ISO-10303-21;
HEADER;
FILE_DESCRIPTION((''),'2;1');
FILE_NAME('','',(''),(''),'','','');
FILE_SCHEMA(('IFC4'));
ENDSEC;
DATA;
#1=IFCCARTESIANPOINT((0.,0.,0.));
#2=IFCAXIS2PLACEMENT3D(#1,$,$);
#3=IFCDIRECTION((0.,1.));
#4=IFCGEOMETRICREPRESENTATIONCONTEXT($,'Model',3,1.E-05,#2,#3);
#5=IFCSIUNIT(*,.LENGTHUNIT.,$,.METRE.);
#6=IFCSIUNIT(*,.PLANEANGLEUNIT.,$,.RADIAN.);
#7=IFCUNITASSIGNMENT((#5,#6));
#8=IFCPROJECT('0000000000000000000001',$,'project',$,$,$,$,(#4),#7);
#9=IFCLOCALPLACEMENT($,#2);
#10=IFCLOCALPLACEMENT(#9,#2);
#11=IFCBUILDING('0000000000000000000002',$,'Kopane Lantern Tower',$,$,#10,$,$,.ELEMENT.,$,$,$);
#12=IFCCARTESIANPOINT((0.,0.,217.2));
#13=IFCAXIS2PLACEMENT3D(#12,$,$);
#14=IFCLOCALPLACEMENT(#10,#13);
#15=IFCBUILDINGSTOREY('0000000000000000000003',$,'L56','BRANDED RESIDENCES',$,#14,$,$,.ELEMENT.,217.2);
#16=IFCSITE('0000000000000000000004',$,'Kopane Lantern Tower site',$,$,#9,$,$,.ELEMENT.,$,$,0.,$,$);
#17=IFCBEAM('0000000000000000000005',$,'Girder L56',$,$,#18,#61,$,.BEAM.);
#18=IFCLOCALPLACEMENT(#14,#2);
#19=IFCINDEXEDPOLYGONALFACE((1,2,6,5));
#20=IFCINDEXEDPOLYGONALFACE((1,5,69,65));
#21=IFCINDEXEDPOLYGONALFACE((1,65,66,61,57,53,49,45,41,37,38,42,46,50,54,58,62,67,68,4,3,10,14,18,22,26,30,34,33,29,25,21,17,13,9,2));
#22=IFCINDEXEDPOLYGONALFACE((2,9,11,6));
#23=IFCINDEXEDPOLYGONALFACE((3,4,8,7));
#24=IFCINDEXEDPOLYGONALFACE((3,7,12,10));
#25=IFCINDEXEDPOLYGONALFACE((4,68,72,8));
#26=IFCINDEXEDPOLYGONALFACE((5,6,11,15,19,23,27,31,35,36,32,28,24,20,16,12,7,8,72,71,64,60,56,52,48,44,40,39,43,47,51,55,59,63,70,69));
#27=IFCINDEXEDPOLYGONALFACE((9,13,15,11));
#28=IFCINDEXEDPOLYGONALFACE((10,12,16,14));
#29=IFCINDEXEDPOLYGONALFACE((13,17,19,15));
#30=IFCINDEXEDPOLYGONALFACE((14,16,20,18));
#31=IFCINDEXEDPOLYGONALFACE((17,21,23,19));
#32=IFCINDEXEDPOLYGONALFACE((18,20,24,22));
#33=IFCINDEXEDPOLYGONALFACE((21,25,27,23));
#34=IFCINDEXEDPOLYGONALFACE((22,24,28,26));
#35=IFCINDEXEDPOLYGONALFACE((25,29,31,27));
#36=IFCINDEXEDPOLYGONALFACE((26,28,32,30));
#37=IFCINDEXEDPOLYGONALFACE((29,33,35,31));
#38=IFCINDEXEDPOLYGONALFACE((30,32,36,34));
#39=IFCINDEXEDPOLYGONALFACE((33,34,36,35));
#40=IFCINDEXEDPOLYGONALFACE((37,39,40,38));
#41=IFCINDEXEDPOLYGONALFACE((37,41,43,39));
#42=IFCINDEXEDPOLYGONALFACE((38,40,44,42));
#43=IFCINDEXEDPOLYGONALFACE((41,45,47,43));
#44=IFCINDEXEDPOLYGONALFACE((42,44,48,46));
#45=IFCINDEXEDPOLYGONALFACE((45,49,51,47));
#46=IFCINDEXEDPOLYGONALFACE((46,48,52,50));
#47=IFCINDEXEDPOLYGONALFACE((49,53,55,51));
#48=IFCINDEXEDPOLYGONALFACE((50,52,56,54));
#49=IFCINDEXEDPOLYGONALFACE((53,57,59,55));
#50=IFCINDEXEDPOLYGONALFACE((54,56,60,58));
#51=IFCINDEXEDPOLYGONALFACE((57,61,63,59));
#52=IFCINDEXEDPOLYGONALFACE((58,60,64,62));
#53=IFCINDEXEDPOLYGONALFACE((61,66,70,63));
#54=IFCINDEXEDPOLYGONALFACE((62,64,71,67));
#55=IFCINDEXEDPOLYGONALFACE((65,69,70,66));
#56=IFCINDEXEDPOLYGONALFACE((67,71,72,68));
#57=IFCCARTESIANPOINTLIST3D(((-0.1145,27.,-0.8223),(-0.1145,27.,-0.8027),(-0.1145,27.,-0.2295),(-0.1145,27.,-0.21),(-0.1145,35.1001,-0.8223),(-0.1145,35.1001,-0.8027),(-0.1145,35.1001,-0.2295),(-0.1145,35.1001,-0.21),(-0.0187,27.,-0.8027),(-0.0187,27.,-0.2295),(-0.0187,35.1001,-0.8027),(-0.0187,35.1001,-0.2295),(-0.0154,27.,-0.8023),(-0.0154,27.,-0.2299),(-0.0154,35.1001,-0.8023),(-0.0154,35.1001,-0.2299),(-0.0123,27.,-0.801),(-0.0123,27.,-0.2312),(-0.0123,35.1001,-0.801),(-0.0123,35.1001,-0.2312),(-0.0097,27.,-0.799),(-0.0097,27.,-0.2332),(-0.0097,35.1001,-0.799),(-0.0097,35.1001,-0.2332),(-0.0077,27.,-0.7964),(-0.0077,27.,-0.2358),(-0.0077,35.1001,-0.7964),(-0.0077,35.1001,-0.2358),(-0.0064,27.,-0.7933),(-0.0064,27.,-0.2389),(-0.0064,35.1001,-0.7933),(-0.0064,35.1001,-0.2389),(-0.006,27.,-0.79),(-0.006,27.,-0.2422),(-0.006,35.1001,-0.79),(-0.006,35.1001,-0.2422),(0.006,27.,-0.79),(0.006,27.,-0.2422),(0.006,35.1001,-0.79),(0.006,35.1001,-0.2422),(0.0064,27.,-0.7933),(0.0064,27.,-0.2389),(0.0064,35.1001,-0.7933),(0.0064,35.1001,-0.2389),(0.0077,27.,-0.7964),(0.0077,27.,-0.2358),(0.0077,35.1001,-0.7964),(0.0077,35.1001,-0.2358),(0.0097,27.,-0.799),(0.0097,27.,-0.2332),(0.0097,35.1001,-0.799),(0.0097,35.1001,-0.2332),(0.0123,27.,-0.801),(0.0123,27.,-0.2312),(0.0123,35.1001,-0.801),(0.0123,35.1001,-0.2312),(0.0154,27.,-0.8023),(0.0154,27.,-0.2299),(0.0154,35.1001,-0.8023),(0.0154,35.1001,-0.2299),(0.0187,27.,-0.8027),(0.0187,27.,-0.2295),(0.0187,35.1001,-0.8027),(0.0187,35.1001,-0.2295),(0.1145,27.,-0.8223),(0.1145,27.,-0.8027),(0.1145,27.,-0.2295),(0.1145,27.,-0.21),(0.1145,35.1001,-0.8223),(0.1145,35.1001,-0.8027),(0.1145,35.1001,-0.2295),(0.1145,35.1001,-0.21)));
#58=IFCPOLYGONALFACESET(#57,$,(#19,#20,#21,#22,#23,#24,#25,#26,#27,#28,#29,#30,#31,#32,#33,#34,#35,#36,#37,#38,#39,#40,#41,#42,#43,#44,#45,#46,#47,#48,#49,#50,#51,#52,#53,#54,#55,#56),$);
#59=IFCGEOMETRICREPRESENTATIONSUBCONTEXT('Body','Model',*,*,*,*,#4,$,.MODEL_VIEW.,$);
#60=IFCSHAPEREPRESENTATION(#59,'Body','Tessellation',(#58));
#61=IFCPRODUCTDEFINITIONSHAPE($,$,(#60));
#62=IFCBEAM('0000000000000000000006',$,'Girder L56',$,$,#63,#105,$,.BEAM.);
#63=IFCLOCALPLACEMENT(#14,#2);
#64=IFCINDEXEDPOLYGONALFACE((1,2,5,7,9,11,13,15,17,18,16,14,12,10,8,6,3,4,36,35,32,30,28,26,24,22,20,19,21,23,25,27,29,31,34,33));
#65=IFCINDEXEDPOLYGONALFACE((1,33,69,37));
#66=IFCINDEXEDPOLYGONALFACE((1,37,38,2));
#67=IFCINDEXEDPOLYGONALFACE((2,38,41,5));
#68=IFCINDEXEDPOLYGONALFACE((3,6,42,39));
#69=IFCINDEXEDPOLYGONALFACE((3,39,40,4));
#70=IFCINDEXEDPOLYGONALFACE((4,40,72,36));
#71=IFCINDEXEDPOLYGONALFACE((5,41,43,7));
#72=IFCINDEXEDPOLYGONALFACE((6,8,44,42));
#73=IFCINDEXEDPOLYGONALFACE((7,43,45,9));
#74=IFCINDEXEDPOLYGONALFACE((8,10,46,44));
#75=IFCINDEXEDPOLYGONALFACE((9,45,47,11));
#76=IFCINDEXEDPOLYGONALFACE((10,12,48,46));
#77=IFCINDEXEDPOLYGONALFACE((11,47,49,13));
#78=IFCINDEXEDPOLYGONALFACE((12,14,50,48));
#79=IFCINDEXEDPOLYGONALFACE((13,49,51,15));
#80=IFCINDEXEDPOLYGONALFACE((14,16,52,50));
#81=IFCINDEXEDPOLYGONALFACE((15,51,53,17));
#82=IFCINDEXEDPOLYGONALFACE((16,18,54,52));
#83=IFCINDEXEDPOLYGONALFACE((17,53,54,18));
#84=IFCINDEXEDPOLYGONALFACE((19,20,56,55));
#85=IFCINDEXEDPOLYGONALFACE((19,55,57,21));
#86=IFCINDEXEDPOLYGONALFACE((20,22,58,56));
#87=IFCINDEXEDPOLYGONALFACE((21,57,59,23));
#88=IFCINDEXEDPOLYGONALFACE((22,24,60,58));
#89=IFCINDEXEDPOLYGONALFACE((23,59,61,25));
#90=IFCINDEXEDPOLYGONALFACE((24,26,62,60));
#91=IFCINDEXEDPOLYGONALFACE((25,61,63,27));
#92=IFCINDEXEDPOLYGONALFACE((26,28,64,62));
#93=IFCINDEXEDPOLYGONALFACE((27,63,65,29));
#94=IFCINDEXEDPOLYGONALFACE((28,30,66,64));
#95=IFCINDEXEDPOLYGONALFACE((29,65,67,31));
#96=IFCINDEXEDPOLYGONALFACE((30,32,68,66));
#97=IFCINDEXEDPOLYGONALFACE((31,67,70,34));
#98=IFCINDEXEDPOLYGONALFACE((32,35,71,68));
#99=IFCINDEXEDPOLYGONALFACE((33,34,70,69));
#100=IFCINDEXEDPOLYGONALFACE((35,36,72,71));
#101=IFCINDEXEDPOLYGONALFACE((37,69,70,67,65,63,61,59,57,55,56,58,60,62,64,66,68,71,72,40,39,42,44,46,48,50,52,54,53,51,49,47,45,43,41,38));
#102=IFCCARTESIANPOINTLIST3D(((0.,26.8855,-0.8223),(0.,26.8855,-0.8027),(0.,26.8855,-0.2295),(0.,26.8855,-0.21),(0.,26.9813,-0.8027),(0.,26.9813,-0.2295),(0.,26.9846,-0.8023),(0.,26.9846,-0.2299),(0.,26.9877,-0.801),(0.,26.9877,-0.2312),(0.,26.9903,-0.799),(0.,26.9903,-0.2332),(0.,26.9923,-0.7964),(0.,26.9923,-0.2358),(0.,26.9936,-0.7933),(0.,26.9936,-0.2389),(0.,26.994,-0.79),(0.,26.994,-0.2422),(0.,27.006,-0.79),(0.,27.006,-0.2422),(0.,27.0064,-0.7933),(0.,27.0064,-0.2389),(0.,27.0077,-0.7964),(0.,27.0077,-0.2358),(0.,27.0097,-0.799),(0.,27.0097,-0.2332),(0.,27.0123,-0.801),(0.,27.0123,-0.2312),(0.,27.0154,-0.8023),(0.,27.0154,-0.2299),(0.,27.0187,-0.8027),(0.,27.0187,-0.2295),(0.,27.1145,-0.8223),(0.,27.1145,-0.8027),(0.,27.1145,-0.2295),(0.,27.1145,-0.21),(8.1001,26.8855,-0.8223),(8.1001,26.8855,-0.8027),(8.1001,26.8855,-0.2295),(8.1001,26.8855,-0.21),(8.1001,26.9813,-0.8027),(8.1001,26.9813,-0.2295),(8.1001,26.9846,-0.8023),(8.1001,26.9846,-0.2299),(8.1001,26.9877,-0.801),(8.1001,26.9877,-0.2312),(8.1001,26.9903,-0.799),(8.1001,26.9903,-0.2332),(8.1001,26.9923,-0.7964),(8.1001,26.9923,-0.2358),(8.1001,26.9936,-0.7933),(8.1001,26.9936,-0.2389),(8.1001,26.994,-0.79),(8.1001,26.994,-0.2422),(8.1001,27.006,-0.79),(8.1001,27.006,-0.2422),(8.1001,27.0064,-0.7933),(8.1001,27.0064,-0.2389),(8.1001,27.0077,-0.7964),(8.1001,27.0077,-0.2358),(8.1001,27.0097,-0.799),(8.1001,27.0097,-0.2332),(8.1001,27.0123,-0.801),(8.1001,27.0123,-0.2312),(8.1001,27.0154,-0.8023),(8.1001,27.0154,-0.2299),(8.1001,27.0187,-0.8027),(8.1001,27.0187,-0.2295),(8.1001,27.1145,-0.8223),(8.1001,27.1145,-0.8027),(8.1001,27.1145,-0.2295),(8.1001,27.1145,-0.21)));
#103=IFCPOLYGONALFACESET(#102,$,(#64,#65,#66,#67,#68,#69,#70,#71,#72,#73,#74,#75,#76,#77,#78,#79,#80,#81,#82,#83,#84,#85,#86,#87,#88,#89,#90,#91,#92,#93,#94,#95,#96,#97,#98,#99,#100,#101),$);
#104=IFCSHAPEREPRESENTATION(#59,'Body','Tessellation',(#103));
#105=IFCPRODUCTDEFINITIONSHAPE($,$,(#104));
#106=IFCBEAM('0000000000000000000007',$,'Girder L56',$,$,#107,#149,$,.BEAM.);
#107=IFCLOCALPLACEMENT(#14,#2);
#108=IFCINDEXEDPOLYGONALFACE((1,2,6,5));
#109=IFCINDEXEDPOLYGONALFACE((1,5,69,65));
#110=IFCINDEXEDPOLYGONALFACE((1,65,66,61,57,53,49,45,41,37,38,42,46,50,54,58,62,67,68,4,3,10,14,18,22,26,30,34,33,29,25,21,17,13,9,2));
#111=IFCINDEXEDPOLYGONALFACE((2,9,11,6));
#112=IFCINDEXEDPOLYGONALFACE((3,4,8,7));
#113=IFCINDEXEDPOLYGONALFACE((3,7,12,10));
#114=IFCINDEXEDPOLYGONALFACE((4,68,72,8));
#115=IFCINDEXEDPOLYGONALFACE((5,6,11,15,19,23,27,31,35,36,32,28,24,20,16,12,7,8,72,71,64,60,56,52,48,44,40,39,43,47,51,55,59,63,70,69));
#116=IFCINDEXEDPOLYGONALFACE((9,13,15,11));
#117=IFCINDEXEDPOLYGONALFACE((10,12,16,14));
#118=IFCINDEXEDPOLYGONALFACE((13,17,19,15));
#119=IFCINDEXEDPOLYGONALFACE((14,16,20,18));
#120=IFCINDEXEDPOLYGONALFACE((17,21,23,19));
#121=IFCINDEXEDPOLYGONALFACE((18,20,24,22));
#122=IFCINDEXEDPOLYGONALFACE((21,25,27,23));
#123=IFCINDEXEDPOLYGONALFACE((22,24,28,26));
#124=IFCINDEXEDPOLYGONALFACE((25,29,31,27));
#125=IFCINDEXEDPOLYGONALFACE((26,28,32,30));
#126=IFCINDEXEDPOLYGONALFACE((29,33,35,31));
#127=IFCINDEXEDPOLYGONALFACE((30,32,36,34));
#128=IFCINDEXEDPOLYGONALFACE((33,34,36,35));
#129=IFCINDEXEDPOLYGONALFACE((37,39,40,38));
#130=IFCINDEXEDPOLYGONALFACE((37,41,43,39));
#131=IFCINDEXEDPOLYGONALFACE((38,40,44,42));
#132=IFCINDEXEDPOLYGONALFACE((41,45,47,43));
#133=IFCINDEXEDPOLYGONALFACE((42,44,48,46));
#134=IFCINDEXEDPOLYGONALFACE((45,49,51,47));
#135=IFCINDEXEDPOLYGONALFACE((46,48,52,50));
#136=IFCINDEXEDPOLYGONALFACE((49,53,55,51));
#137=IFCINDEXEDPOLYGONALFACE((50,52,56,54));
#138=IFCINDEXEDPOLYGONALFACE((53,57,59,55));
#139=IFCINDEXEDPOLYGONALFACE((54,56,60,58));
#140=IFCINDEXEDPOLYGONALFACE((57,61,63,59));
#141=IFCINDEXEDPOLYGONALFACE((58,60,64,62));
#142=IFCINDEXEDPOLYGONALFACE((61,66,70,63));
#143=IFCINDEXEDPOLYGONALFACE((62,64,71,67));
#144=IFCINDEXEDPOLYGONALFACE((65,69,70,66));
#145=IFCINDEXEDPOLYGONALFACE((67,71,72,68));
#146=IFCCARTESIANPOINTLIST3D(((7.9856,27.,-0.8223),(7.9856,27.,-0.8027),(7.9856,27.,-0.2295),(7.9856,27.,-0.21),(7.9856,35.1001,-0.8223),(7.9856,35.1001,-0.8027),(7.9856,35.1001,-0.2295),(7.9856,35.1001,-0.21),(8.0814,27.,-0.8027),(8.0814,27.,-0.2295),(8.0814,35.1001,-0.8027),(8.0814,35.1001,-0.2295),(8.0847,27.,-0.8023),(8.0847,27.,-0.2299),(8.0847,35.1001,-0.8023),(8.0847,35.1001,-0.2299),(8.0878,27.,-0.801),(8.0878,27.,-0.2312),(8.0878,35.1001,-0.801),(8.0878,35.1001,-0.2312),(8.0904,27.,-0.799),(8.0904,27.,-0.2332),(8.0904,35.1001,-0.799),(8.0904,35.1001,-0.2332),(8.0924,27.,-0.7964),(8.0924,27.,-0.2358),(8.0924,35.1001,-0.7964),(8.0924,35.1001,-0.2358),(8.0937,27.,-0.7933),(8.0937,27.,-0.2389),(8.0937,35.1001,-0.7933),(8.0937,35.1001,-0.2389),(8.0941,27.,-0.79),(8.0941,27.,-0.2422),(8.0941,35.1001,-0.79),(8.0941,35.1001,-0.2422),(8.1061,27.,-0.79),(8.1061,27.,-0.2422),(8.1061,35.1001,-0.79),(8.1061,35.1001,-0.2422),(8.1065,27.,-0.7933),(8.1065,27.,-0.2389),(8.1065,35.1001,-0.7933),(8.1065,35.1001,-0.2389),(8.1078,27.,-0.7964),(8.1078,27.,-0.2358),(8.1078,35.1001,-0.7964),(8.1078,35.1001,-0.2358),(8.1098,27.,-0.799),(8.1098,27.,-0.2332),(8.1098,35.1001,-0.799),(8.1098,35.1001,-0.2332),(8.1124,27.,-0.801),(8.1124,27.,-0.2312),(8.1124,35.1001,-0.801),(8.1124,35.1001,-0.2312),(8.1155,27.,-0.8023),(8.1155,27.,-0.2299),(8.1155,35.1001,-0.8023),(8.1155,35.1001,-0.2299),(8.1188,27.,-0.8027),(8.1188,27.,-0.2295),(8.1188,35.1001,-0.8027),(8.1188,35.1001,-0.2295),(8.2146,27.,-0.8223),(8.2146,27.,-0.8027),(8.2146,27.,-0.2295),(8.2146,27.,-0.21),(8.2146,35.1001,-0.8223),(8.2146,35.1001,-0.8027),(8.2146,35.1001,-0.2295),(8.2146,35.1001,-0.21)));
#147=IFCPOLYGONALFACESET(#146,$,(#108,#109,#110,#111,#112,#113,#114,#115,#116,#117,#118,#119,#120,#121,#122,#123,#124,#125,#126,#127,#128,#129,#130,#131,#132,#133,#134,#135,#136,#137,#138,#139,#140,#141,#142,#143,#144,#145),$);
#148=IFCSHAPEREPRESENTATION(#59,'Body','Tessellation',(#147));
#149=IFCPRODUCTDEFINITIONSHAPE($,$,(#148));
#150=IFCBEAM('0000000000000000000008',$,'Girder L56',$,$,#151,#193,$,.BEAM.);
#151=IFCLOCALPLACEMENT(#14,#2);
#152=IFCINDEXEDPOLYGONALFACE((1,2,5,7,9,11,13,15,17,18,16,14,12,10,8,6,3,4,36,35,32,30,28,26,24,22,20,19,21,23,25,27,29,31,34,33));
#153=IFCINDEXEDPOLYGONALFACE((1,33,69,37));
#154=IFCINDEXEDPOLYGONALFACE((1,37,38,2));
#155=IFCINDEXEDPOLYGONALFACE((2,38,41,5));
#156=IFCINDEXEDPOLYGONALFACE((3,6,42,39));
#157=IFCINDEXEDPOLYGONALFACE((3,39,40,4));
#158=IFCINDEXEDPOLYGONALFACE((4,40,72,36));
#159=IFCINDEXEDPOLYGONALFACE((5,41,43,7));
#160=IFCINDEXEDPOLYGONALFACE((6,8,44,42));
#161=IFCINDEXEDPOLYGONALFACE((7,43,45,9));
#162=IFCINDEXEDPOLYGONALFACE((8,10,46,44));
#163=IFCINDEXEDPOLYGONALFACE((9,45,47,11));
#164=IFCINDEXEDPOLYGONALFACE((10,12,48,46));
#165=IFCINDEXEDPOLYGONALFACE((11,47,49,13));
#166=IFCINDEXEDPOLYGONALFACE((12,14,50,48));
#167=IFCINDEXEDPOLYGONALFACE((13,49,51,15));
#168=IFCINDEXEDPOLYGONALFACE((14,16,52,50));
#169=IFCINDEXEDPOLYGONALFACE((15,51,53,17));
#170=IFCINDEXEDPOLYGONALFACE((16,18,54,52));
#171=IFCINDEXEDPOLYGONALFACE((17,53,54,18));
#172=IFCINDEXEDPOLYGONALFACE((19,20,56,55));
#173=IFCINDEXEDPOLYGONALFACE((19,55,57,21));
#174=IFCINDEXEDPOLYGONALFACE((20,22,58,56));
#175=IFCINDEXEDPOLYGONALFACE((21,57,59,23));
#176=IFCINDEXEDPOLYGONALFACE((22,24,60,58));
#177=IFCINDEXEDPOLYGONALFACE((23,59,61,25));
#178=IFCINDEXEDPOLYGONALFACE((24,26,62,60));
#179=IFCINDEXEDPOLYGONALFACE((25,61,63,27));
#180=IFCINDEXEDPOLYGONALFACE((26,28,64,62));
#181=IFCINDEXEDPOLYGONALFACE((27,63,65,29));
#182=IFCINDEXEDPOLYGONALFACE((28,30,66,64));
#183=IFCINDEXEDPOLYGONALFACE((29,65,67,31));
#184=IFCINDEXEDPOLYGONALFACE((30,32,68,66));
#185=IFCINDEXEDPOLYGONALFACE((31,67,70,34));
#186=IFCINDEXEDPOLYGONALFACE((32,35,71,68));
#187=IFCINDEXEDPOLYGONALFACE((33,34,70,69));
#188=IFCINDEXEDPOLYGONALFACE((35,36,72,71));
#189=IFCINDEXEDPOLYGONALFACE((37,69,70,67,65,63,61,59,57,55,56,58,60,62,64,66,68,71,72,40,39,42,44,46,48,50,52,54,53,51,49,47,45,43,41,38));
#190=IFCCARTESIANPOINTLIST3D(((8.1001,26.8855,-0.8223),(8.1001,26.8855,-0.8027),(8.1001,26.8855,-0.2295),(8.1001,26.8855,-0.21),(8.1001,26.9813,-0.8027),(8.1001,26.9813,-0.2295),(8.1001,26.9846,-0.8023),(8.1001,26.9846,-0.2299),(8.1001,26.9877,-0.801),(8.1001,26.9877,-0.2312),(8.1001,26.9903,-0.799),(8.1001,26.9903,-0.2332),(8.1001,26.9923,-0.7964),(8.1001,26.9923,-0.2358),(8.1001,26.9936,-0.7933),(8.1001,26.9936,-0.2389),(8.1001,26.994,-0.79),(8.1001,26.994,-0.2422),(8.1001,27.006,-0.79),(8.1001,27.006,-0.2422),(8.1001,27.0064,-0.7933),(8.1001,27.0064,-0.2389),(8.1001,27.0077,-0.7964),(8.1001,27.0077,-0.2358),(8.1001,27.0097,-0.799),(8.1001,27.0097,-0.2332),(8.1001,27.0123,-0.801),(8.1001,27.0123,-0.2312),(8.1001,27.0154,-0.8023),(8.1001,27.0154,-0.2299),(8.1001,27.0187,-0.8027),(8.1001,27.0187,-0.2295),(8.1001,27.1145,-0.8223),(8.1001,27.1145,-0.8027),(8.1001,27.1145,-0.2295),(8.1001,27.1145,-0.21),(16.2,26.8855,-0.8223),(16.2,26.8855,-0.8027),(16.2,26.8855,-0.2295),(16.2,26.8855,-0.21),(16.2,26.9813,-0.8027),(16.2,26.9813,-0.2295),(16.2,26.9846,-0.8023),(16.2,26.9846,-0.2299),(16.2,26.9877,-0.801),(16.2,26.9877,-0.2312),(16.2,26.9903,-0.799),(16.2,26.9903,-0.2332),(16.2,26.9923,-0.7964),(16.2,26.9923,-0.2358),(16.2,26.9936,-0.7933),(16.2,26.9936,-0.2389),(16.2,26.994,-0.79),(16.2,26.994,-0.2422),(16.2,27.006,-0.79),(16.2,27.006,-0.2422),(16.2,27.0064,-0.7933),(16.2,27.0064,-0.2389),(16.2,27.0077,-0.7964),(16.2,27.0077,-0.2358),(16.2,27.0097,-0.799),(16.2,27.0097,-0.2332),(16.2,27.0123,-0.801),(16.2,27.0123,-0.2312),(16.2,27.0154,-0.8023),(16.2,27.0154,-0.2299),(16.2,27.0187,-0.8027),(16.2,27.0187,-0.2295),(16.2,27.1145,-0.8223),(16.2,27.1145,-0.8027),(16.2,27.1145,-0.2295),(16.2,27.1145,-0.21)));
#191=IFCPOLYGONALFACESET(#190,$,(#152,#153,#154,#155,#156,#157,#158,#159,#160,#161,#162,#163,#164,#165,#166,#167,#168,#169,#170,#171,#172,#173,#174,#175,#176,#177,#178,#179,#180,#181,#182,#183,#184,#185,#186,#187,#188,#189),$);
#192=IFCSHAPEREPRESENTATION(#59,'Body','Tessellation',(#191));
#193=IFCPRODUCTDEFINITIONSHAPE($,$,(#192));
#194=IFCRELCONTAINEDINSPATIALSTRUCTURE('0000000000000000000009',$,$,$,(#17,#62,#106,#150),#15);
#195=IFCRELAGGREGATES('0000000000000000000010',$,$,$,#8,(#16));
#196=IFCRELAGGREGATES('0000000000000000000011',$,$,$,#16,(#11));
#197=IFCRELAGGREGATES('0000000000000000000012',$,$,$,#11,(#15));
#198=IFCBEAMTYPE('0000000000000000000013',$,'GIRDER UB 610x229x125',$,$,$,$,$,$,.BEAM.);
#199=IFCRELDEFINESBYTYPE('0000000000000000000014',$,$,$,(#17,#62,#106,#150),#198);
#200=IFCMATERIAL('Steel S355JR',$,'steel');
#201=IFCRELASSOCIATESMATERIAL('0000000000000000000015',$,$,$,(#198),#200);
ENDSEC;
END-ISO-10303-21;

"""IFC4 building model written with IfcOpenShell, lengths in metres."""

from ifc_helpers import new_model, si_unit, direction, frame, origin, origin_2d, place, context, subcontext, project, spatial, i_section, extrude, material, material_profile, profile_set, type_object, element, save


model = new_model("IFC4")

# Units and contexts
model_context = context("Model", 3, precision=1e-05, world=origin(), true_north=direction((0.0, 1.0)))
body_context = subcontext(model_context, "Body", "Model", "MODEL_VIEW")
ifc_project = project(units=[si_unit("LENGTHUNIT", "METRE"), si_unit("PLANEANGLEUNIT", "RADIAN")], contexts=[model_context])

# Site, building, storey
site_placement = place(None, origin())
site = spatial("IfcSite", under=ifc_project, at=site_placement, Name="Kopane Lantern Tower site", CompositionType="ELEMENT", RefElevation=0.0)
building_placement = place(site_placement, origin())
building = spatial("IfcBuilding", under=site, at=building_placement, Name="Kopane Lantern Tower", CompositionType="ELEMENT")
storey_placement = place(building_placement, frame((0.0, 0.0, 217.2)))
storey = spatial("IfcBuildingStorey", under=building, at=storey_placement, Name="L56", Description="BRANDED RESIDENCES", CompositionType="ELEMENT", Elevation=217.2)

# Beams
ifc_material_1 = material(Name="Steel S355JR", Category="steel")
ifc_material_profile_1 = material_profile(ifc_material_1, i_section(OverallWidth=0.229, OverallDepth=0.6123, WebThickness=0.012, FlangeThickness=0.0195, FilletRadius=0.0127, at=origin_2d()), Name="UB 610x229x125")
ifc_profile_set_1 = profile_set([ifc_material_profile_1], Name="Steel S355JR")
beam_type = type_object("IfcBeamType", Name="GIRDER UB 610x229x125", PredefinedType="BEAM", material=ifc_profile_set_1)
for number, where, z_axis, x_axis, name in (
    (1, (0.0, 27.0, -0.5161), (0.0, 1.0, 0.0), (-1.0, 0.0, 0.0), "Girder L56"),
    (2, (0.0, 27.0, -0.5161), (1.0, 0.0, 0.0), (0.0, 1.0, 0.0), "Girder L56"),
    (3, (8.1001, 27.0, -0.5161), (0.0, 1.0, 0.0), (-1.0, 0.0, 0.0), "Girder L56"),
):
    element("IfcBeam", number, at=place(storey_placement, frame(where, z_axis=z_axis, x_axis=x_axis)), inside=storey, type_object=beam_type, Name=name, PredefinedType="BEAM", context=body_context, shape_type="SweptSolid", body=[
        extrude(i_section(OverallWidth=0.229, OverallDepth=0.6123, WebThickness=0.012, FlangeThickness=0.0195, FilletRadius=0.0127, at=origin_2d()), origin(), (0.0, 0.0, 1.0), 8.1001),
    ])
for number, where, z_axis, x_axis, name in (
    (4, (8.1001, 27.0, -0.5161), (1.0, 0.0, 0.0), (0.0, 1.0, 0.0), "Girder L56"),
):
    element("IfcBeam", number, at=place(storey_placement, frame(where, z_axis=z_axis, x_axis=x_axis)), inside=storey, type_object=beam_type, Name=name, PredefinedType="BEAM", context=body_context, shape_type="SweptSolid", body=[
        extrude(i_section(OverallWidth=0.229, OverallDepth=0.6123, WebThickness=0.012, FlangeThickness=0.0195, FilletRadius=0.0127, at=origin_2d()), origin(), (0.0, 0.0, 1.0), 8.0999),
    ])

save(model, "model.ifc")
